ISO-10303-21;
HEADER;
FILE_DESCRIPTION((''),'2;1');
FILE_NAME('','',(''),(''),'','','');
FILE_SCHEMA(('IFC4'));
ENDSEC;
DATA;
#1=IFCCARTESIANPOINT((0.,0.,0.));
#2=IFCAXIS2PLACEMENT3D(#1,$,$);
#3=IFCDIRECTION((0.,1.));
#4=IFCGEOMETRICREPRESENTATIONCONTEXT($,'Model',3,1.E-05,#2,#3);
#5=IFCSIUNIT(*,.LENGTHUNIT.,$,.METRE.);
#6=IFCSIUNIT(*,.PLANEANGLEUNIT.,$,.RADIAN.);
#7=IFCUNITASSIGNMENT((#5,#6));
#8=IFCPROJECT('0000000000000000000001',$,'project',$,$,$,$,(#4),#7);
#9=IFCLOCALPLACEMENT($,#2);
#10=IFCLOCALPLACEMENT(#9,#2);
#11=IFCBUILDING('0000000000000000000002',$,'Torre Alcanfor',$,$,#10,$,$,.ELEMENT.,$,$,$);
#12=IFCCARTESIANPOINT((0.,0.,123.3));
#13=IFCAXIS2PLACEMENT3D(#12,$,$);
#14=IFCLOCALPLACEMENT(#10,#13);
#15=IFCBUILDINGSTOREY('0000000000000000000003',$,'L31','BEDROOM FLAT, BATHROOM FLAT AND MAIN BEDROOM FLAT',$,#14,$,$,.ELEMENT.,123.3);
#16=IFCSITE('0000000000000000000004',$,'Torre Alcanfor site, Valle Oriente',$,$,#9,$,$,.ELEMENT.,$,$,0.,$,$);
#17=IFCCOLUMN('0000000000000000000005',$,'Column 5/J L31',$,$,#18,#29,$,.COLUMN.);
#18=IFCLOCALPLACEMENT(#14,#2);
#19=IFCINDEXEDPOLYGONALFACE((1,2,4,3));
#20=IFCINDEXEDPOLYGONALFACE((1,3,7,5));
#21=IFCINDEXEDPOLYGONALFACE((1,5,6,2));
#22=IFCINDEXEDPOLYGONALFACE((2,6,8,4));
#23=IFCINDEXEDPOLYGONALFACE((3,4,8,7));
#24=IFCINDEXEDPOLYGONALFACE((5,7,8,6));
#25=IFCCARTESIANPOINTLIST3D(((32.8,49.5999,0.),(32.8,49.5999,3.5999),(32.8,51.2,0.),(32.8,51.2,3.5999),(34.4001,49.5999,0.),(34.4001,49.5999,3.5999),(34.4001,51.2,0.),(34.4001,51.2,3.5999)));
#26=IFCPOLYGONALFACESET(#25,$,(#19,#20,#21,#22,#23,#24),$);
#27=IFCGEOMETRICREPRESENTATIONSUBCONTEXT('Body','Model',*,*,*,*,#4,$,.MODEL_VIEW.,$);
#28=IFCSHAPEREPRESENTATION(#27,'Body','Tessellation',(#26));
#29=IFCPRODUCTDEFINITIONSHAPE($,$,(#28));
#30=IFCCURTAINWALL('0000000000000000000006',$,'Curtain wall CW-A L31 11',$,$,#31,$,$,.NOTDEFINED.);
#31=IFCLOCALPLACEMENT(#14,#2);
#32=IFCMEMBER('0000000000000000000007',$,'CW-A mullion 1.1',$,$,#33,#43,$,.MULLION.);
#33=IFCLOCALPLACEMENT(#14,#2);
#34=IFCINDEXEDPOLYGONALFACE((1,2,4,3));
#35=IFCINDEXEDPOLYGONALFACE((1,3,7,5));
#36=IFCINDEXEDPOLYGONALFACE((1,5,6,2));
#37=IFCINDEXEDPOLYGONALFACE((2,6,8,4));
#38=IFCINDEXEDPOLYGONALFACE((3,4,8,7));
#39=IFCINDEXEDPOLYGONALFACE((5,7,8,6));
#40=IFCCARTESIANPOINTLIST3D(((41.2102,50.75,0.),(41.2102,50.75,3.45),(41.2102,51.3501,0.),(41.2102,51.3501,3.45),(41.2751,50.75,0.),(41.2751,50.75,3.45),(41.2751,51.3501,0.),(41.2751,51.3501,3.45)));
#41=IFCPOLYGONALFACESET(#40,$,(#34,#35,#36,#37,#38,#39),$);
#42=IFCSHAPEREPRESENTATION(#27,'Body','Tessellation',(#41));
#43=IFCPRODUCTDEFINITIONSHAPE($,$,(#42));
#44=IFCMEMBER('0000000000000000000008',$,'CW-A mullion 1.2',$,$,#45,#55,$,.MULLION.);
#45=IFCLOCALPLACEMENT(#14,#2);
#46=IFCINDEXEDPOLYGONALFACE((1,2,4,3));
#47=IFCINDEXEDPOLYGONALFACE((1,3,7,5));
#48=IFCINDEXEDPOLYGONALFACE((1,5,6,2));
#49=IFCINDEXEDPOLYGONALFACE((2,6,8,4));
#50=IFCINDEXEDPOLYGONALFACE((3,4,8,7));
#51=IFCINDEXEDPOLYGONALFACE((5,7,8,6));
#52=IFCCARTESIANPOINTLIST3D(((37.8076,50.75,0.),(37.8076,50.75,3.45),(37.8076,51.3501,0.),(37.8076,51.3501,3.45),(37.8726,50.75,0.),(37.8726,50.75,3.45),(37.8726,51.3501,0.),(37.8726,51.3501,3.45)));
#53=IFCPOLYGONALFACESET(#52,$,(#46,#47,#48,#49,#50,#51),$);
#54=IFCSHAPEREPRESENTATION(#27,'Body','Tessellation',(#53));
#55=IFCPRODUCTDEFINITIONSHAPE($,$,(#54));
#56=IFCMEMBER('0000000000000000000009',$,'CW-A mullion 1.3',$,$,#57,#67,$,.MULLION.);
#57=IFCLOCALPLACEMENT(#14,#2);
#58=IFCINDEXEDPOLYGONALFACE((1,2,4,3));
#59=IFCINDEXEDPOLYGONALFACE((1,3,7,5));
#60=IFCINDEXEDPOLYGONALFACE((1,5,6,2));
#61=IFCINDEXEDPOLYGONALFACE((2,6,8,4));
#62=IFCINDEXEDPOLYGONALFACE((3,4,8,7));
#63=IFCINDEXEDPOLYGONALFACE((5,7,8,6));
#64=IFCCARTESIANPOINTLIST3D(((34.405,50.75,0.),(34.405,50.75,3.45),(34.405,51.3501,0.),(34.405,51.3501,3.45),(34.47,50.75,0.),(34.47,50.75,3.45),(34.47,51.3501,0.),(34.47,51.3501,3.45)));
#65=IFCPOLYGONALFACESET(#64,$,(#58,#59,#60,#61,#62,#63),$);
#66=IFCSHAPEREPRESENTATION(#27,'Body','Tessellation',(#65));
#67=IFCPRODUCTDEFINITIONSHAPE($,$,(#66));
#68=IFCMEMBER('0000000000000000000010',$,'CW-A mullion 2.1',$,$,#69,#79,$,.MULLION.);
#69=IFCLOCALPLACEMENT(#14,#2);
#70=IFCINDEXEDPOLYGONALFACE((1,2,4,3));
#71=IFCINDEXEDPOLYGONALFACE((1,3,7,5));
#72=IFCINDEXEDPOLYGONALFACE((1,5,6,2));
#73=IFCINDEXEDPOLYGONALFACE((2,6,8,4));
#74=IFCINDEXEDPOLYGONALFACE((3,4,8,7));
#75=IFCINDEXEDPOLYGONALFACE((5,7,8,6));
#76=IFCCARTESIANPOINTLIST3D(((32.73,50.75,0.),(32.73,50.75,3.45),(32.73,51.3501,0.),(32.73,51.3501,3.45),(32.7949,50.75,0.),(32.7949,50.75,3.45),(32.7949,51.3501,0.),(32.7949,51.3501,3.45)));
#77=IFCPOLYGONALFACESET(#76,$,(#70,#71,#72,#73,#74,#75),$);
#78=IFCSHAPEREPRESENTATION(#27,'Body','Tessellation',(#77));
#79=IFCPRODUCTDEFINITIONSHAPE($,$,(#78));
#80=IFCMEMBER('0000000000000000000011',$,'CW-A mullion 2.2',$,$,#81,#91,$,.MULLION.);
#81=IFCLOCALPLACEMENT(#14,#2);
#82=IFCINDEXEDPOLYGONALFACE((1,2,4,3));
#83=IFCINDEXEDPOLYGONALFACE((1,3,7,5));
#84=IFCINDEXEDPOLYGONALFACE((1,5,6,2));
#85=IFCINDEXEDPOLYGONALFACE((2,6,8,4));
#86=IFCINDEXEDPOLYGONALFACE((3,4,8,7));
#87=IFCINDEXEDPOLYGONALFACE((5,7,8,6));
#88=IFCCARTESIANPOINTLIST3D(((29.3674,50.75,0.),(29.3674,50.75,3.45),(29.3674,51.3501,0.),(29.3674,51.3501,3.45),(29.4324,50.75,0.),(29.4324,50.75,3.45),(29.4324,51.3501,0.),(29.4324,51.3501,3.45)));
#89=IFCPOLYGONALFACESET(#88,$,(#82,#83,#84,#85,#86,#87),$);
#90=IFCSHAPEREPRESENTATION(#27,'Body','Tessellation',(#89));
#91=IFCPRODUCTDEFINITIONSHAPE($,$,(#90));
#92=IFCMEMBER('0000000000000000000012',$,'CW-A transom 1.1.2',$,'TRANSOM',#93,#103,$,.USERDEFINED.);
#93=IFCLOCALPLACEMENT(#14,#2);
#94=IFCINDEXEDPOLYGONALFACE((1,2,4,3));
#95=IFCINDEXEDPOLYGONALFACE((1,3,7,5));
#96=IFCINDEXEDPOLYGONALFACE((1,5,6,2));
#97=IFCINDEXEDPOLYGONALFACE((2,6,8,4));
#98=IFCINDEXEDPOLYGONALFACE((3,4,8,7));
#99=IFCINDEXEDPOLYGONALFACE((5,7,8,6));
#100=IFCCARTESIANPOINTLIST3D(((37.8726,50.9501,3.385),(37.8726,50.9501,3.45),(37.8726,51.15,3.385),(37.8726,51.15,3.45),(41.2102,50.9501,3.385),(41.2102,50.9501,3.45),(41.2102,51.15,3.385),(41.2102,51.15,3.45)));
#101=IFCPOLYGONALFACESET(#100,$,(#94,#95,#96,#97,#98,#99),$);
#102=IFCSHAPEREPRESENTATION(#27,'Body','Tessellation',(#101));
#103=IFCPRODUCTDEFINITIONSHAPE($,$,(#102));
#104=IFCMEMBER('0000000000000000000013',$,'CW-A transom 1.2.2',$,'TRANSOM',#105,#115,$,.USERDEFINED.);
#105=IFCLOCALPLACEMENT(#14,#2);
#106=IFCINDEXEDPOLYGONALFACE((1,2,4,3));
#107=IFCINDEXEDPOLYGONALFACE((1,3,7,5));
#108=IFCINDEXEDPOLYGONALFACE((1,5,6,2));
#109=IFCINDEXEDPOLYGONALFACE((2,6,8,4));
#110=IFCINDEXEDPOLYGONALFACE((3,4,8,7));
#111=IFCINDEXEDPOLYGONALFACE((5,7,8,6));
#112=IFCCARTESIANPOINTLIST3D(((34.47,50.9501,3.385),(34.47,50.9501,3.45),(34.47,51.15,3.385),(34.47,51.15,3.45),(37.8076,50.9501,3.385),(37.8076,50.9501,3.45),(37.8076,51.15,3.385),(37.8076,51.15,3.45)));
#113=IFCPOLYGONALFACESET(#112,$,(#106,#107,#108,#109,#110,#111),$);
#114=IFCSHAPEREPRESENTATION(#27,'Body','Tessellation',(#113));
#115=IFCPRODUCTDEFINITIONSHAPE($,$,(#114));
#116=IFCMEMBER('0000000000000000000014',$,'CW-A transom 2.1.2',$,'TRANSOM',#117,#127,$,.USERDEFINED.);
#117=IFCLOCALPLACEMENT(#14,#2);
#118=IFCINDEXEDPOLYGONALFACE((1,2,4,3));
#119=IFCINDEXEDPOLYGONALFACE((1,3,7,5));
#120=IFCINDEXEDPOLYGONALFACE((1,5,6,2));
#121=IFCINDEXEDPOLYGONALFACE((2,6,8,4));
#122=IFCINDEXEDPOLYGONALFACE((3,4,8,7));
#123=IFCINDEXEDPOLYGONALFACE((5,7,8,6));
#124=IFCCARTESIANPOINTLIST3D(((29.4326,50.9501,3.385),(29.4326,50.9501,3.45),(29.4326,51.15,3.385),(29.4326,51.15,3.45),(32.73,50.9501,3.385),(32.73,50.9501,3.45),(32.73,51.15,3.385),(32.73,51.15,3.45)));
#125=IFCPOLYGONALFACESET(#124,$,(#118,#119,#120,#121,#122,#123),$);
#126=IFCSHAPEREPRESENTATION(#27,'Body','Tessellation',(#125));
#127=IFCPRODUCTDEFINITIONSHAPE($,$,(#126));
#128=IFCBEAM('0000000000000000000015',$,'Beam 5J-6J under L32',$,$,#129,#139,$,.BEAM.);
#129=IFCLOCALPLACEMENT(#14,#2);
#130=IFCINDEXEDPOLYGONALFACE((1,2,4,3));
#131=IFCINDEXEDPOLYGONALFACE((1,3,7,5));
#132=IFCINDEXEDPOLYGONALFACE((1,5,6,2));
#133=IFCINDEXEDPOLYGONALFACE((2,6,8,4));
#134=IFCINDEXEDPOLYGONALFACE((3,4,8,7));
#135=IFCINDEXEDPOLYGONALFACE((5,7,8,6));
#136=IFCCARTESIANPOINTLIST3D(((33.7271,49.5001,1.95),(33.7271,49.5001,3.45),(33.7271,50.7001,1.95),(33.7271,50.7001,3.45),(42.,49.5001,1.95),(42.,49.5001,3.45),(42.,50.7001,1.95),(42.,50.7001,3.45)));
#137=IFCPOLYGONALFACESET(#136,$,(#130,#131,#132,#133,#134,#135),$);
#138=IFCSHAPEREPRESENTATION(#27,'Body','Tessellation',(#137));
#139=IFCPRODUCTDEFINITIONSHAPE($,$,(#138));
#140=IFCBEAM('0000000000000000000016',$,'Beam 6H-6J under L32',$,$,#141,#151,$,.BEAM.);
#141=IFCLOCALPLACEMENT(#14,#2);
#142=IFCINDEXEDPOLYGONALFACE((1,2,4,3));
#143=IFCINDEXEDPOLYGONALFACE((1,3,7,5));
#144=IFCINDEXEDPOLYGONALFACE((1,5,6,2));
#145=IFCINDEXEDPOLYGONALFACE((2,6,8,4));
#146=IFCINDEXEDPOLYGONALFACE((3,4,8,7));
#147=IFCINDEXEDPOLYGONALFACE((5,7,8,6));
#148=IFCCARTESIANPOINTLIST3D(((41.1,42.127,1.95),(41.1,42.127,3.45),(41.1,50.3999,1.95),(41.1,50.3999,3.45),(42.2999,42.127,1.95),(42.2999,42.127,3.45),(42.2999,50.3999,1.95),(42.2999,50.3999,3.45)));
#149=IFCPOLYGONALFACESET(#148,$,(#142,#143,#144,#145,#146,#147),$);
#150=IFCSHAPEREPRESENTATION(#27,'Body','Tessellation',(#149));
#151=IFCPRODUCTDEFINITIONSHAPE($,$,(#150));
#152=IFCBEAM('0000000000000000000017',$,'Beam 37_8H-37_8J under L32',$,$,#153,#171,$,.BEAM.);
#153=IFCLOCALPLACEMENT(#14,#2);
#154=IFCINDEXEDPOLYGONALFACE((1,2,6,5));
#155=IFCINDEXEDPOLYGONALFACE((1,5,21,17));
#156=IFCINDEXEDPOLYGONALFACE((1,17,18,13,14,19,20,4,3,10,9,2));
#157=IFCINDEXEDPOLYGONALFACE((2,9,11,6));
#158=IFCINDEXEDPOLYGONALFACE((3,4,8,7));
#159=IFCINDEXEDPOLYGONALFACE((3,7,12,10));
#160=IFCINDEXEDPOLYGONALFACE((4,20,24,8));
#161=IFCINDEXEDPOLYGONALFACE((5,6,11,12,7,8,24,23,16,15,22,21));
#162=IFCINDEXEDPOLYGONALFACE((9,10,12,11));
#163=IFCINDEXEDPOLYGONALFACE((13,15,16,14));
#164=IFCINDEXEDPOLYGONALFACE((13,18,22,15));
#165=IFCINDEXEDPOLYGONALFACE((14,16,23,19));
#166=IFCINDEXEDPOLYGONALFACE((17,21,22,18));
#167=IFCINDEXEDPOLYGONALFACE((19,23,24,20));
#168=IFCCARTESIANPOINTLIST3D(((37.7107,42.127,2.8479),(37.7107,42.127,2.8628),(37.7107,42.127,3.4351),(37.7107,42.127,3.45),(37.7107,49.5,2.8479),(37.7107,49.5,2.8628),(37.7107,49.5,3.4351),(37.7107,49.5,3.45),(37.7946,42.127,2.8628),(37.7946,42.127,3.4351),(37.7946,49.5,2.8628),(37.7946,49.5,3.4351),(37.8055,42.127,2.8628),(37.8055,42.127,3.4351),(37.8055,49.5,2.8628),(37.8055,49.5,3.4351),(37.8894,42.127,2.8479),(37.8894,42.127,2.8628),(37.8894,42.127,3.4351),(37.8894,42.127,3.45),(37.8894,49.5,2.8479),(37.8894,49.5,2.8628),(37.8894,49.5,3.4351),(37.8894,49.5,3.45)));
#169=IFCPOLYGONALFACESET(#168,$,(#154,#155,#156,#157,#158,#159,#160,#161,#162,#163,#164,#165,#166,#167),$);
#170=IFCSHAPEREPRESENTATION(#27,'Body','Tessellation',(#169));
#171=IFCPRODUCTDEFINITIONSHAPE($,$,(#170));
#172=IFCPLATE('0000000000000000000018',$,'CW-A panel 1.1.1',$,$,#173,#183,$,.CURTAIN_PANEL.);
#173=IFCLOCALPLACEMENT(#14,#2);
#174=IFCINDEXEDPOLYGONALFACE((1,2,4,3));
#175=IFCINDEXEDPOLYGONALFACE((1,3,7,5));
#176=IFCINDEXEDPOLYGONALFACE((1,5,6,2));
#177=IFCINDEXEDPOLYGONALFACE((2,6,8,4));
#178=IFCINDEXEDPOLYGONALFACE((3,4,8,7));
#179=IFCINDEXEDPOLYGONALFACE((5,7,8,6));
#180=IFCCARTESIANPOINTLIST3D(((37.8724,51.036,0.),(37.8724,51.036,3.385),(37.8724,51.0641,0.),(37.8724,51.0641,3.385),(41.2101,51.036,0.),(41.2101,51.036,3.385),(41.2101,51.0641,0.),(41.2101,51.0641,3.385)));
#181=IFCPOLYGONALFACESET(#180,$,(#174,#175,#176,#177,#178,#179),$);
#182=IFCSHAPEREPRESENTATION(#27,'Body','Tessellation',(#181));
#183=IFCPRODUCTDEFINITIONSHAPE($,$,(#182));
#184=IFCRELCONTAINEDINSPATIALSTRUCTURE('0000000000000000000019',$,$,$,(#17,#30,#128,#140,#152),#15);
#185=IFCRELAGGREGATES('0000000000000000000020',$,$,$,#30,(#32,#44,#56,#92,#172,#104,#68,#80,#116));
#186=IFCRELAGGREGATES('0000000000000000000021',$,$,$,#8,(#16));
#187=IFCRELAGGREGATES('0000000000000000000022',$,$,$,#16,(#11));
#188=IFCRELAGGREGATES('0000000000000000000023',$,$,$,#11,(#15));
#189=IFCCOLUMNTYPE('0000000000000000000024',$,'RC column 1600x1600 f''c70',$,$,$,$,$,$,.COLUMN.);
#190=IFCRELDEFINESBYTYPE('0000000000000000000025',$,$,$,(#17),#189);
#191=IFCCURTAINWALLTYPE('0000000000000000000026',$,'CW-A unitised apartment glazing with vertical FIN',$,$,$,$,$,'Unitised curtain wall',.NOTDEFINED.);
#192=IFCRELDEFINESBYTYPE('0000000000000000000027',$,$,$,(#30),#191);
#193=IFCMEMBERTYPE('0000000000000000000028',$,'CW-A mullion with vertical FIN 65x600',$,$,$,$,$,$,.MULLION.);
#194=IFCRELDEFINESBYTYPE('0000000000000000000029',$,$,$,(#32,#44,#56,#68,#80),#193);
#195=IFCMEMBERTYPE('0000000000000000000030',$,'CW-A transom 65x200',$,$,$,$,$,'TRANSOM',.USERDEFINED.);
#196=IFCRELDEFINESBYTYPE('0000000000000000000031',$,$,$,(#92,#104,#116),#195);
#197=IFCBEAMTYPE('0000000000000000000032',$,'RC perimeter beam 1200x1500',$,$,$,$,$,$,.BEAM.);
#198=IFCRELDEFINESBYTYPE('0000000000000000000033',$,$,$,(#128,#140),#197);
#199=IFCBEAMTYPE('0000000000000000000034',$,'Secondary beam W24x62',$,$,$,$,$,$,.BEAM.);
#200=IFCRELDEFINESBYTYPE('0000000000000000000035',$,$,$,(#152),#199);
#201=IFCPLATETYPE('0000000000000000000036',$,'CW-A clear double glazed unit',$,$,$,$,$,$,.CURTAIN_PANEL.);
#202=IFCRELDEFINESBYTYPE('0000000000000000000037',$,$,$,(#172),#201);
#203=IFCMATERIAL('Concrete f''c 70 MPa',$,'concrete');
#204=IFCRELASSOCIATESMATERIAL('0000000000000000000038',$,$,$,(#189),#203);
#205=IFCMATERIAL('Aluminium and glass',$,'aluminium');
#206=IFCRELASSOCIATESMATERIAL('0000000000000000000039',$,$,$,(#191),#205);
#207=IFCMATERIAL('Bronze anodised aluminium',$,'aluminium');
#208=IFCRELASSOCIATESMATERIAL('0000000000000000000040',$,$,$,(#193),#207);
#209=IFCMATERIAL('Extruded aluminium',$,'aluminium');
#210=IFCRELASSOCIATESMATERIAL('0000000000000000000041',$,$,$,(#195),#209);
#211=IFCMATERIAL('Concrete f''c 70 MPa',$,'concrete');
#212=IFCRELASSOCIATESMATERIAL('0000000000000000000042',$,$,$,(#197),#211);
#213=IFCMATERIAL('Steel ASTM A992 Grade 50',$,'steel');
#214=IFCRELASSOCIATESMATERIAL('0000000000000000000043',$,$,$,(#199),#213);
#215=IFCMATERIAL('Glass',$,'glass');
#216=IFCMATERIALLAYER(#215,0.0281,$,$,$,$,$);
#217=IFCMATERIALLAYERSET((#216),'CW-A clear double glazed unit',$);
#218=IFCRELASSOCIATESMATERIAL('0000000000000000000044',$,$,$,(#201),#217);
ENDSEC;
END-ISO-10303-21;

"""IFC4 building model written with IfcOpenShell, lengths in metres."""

from ifc_helpers import new_model, si_unit, direction, frame, origin, origin_2d, place, context, subcontext, project, spatial, rectangle, i_section, extrude, material, layer, layer_set, material_profile, profile_set, type_object, element, aggregate, save


model = new_model("IFC4")

# Units and contexts
model_context = context("Model", 3, precision=1e-05, world=origin(), true_north=direction((0.0, 1.0)))
body_context = subcontext(model_context, "Body", "Model", "MODEL_VIEW")
ifc_project = project(units=[si_unit("LENGTHUNIT", "METRE"), si_unit("PLANEANGLEUNIT", "RADIAN")], contexts=[model_context])

# Site, building, storey
site_placement = place(None, origin())
site = spatial("IfcSite", under=ifc_project, at=site_placement, Name="Torre Alcanfor site, Valle Oriente", CompositionType="ELEMENT", RefElevation=0.0)
building_placement = place(site_placement, origin())
building = spatial("IfcBuilding", under=site, at=building_placement, Name="Torre Alcanfor", CompositionType="ELEMENT")
storey_placement = place(building_placement, frame((0.0, 0.0, 123.3)))
storey = spatial("IfcBuildingStorey", under=building, at=storey_placement, Name="L31", Description="BEDROOM FLAT, BATHROOM FLAT AND MAIN BEDROOM FLAT", CompositionType="ELEMENT", Elevation=123.3)

# Column
ifc_material_1 = material(Name="Concrete f'c 70 MPa", Category="concrete")
ifc_material_profile_1 = material_profile(ifc_material_1, rectangle(XDim=1.6001, YDim=1.6001, at=origin_2d()), Name="1600x1600")
ifc_profile_set_1 = profile_set([ifc_material_profile_1], Name="Concrete f'c 70 MPa")
column_type = type_object("IfcColumnType", Name="RC column 1600x1600 f'c70", PredefinedType="COLUMN", material=ifc_profile_set_1)
column_placement = place(storey_placement, frame((33.6001, 50.3999, 0.0), z_axis=(0.0, 0.0, 1.0), x_axis=(1.0, 0.0, 0.0)))
element("IfcColumn", 1, at=column_placement, inside=storey, type_object=column_type, Name="Column 5/J L31", PredefinedType="COLUMN", context=body_context, shape_type="SweptSolid", body=[
    extrude(rectangle(XDim=1.6001, YDim=1.6001, at=origin_2d()), origin(), (0.0, 0.0, 1.0), 3.5999),
])

# Curtain wall, members
ifc_material_2 = material(Name="Aluminium and glass", Category="aluminium")
curtain_wall_type = type_object("IfcCurtainWallType", Name="CW-A unitised apartment glazing with vertical FIN", ElementType="Unitised curtain wall", PredefinedType="NOTDEFINED", material=ifc_material_2)
curtain_wall_placement = place(storey_placement, origin())
curtain_wall = element("IfcCurtainWall", 2, at=curtain_wall_placement, inside=storey, type_object=curtain_wall_type, Name="Curtain wall CW-A L31 11", PredefinedType="NOTDEFINED")
ifc_material_3 = material(Name="Bronze anodised aluminium", Category="aluminium")
ifc_material_profile_2 = material_profile(ifc_material_3, rectangle(XDim=0.6001, YDim=0.0649, at=origin_2d()), Name="CW-A mullion 65x600")
ifc_profile_set_2 = profile_set([ifc_material_profile_2], Name="Bronze anodised aluminium")
member_type_1 = type_object("IfcMemberType", Name="CW-A mullion with vertical FIN 65x600", PredefinedType="MULLION", material=ifc_profile_set_2)
member_1_placement = place(storey_placement, frame((41.2427, 51.05, 0.0), z_axis=(0.0, 0.0, 1.0), x_axis=(0.0, -1.0, 0.0)))
member_1 = element("IfcMember", 3, at=member_1_placement, type_object=member_type_1, Name="CW-A mullion 1.1", PredefinedType="MULLION", context=body_context, shape_type="SweptSolid", body=[
    extrude(rectangle(XDim=0.6001, YDim=0.0649, at=origin_2d()), origin(), (0.0, 0.0, 1.0), 3.45),
])
member_2_placement = place(storey_placement, frame((37.8401, 51.05, 0.0), z_axis=(0.0, 0.0, 1.0), x_axis=(0.0, -1.0, 0.0)))
member_2 = element("IfcMember", 4, at=member_2_placement, type_object=member_type_1, Name="CW-A mullion 1.2", PredefinedType="MULLION", context=body_context, shape_type="SweptSolid", body=[
    extrude(rectangle(XDim=0.6001, YDim=0.0649, at=origin_2d()), origin(), (0.0, 0.0, 1.0), 3.45),
])
member_3_placement = place(storey_placement, frame((34.4375, 51.05, 0.0), z_axis=(0.0, 0.0, 1.0), x_axis=(0.0, -1.0, 0.0)))
member_3 = element("IfcMember", 5, at=member_3_placement, type_object=member_type_1, Name="CW-A mullion 1.3", PredefinedType="MULLION", context=body_context, shape_type="SweptSolid", body=[
    extrude(rectangle(XDim=0.6001, YDim=0.0649, at=origin_2d()), origin(), (0.0, 0.0, 1.0), 3.45),
])
member_4_placement = place(storey_placement, frame((32.7625, 51.05, 0.0), z_axis=(0.0, 0.0, 1.0), x_axis=(0.0, -1.0, 0.0)))
member_4 = element("IfcMember", 6, at=member_4_placement, type_object=member_type_1, Name="CW-A mullion 2.1", PredefinedType="MULLION", context=body_context, shape_type="SweptSolid", body=[
    extrude(rectangle(XDim=0.6001, YDim=0.0649, at=origin_2d()), origin(), (0.0, 0.0, 1.0), 3.45),
])
member_5_placement = place(storey_placement, frame((29.3999, 51.05, 0.0), z_axis=(0.0, 0.0, 1.0), x_axis=(0.0, -1.0, 0.0)))
member_5 = element("IfcMember", 7, at=member_5_placement, type_object=member_type_1, Name="CW-A mullion 2.2", PredefinedType="MULLION", context=body_context, shape_type="SweptSolid", body=[
    extrude(rectangle(XDim=0.6001, YDim=0.0649, at=origin_2d()), origin(), (0.0, 0.0, 1.0), 3.45),
])
ifc_material_4 = material(Name="Extruded aluminium", Category="aluminium")
ifc_material_profile_3 = material_profile(ifc_material_4, rectangle(XDim=0.2, YDim=0.0649, at=origin_2d()), Name="CW-A transom 200x65")
ifc_profile_set_3 = profile_set([ifc_material_profile_3], Name="Extruded aluminium")
member_type_2 = type_object("IfcMemberType", Name="CW-A transom 65x200", ElementType="TRANSOM", PredefinedType="USERDEFINED", material=ifc_profile_set_3)
member_6_placement = place(storey_placement, frame((41.2102, 51.05, 3.4175), z_axis=(-1.0, 0.0, 0.0), x_axis=(0.0, -1.0, 0.0)))
member_6 = element("IfcMember", 8, at=member_6_placement, type_object=member_type_2, Name="CW-A transom 1.1.2", ObjectType="TRANSOM", PredefinedType="USERDEFINED", context=body_context, shape_type="SweptSolid", body=[
    extrude(rectangle(XDim=0.2, YDim=0.0649, at=origin_2d()), origin(), (0.0, 0.0, 1.0), 3.3376),
])
member_7_placement = place(storey_placement, frame((37.8076, 51.05, 3.4175), z_axis=(-1.0, 0.0, 0.0), x_axis=(0.0, -1.0, 0.0)))
member_7 = element("IfcMember", 9, at=member_7_placement, type_object=member_type_2, Name="CW-A transom 1.2.2", ObjectType="TRANSOM", PredefinedType="USERDEFINED", context=body_context, shape_type="SweptSolid", body=[
    extrude(rectangle(XDim=0.2, YDim=0.0649, at=origin_2d()), origin(), (0.0, 0.0, 1.0), 3.3376),
])
member_8_placement = place(storey_placement, frame((32.73, 51.05, 3.4175), z_axis=(-1.0, 0.0, 0.0), x_axis=(0.0, -1.0, 0.0)))
member_8 = element("IfcMember", 10, at=member_8_placement, type_object=member_type_2, Name="CW-A transom 2.1.2", ObjectType="TRANSOM", PredefinedType="USERDEFINED", context=body_context, shape_type="SweptSolid", body=[
    extrude(rectangle(XDim=0.2, YDim=0.0649, at=origin_2d()), origin(), (0.0, 0.0, 1.0), 3.2974),
])

# Beams
ifc_material_5 = material(Name="Concrete f'c 70 MPa", Category="concrete")
ifc_material_profile_4 = material_profile(ifc_material_5, rectangle(XDim=1.2, YDim=1.5, at=origin_2d()), Name="1200x1500")
ifc_profile_set_4 = profile_set([ifc_material_profile_4], Name="Concrete f'c 70 MPa")
beam_type_1 = type_object("IfcBeamType", Name="RC perimeter beam 1200x1500", PredefinedType="BEAM", material=ifc_profile_set_4)
for number, where, z_axis, x_axis, name in (
    (11, (33.7271, 50.1001, 2.7), (1.0, 0.0, 0.0), (0.0, 1.0, 0.0), "Beam 5J-6J under L32"),
    (12, (41.7, 42.127, 2.7), (0.0, 1.0, 0.0), (-1.0, 0.0, 0.0), "Beam 6H-6J under L32"),
):
    element("IfcBeam", number, at=place(storey_placement, frame(where, z_axis=z_axis, x_axis=x_axis)), inside=storey, type_object=beam_type_1, Name=name, PredefinedType="BEAM", context=body_context, shape_type="SweptSolid", body=[
        extrude(rectangle(XDim=1.2, YDim=1.5, at=origin_2d()), origin(), (0.0, 0.0, 1.0), 8.2729),
    ])
ifc_material_6 = material(Name="Steel ASTM A992 Grade 50", Category="steel")
ifc_material_profile_5 = material_profile(ifc_material_6, i_section(OverallWidth=0.1787, OverallDepth=0.6021, WebThickness=0.011, FlangeThickness=0.0149, at=origin_2d()), Name="W24x62")
ifc_profile_set_5 = profile_set([ifc_material_profile_5], Name="Steel ASTM A992 Grade 50")
beam_type_2 = type_object("IfcBeamType", Name="Secondary beam W24x62", PredefinedType="BEAM", material=ifc_profile_set_5)
beam_placement = place(storey_placement, frame((37.8, 42.127, 3.1489), z_axis=(0.0, 1.0, 0.0), x_axis=(-1.0, 0.0, 0.0)))
element("IfcBeam", 13, at=beam_placement, inside=storey, type_object=beam_type_2, Name="Beam 37_8H-37_8J under L32", PredefinedType="BEAM", context=body_context, shape_type="SweptSolid", body=[
    extrude(i_section(OverallWidth=0.1787, OverallDepth=0.6021, WebThickness=0.011, FlangeThickness=0.0149, at=origin_2d()), origin(), (0.0, 0.0, 1.0), 7.373),
])

# Plate
ifc_material_7 = material(Name="Glass", Category="glass")
ifc_layer_1 = layer(ifc_material_7, 0.0281)
ifc_layer_set_1 = layer_set([ifc_layer_1], Name="CW-A clear double glazed unit")
plate_type = type_object("IfcPlateType", Name="CW-A clear double glazed unit", PredefinedType="CURTAIN_PANEL", material=ifc_layer_set_1)
plate_1_placement = place(storey_placement, frame((39.5413, 51.05, 0.0), z_axis=(0.0, 0.0, 1.0), x_axis=(-1.0, 0.0, 0.0)))
plate_1 = element("IfcPlate", 14, at=plate_1_placement, type_object=plate_type, Name="CW-A panel 1.1.1", PredefinedType="CURTAIN_PANEL", context=body_context, shape_type="SweptSolid", body=[
    extrude(rectangle(XDim=3.3376, YDim=0.0281, at=origin_2d()), origin(), (0.0, 0.0, 1.0), 3.385),
])
aggregate(curtain_wall, [member_1, member_2, member_3, member_6, plate_1, member_7, member_4, member_5, member_8])

save(model, "model.ifc")
